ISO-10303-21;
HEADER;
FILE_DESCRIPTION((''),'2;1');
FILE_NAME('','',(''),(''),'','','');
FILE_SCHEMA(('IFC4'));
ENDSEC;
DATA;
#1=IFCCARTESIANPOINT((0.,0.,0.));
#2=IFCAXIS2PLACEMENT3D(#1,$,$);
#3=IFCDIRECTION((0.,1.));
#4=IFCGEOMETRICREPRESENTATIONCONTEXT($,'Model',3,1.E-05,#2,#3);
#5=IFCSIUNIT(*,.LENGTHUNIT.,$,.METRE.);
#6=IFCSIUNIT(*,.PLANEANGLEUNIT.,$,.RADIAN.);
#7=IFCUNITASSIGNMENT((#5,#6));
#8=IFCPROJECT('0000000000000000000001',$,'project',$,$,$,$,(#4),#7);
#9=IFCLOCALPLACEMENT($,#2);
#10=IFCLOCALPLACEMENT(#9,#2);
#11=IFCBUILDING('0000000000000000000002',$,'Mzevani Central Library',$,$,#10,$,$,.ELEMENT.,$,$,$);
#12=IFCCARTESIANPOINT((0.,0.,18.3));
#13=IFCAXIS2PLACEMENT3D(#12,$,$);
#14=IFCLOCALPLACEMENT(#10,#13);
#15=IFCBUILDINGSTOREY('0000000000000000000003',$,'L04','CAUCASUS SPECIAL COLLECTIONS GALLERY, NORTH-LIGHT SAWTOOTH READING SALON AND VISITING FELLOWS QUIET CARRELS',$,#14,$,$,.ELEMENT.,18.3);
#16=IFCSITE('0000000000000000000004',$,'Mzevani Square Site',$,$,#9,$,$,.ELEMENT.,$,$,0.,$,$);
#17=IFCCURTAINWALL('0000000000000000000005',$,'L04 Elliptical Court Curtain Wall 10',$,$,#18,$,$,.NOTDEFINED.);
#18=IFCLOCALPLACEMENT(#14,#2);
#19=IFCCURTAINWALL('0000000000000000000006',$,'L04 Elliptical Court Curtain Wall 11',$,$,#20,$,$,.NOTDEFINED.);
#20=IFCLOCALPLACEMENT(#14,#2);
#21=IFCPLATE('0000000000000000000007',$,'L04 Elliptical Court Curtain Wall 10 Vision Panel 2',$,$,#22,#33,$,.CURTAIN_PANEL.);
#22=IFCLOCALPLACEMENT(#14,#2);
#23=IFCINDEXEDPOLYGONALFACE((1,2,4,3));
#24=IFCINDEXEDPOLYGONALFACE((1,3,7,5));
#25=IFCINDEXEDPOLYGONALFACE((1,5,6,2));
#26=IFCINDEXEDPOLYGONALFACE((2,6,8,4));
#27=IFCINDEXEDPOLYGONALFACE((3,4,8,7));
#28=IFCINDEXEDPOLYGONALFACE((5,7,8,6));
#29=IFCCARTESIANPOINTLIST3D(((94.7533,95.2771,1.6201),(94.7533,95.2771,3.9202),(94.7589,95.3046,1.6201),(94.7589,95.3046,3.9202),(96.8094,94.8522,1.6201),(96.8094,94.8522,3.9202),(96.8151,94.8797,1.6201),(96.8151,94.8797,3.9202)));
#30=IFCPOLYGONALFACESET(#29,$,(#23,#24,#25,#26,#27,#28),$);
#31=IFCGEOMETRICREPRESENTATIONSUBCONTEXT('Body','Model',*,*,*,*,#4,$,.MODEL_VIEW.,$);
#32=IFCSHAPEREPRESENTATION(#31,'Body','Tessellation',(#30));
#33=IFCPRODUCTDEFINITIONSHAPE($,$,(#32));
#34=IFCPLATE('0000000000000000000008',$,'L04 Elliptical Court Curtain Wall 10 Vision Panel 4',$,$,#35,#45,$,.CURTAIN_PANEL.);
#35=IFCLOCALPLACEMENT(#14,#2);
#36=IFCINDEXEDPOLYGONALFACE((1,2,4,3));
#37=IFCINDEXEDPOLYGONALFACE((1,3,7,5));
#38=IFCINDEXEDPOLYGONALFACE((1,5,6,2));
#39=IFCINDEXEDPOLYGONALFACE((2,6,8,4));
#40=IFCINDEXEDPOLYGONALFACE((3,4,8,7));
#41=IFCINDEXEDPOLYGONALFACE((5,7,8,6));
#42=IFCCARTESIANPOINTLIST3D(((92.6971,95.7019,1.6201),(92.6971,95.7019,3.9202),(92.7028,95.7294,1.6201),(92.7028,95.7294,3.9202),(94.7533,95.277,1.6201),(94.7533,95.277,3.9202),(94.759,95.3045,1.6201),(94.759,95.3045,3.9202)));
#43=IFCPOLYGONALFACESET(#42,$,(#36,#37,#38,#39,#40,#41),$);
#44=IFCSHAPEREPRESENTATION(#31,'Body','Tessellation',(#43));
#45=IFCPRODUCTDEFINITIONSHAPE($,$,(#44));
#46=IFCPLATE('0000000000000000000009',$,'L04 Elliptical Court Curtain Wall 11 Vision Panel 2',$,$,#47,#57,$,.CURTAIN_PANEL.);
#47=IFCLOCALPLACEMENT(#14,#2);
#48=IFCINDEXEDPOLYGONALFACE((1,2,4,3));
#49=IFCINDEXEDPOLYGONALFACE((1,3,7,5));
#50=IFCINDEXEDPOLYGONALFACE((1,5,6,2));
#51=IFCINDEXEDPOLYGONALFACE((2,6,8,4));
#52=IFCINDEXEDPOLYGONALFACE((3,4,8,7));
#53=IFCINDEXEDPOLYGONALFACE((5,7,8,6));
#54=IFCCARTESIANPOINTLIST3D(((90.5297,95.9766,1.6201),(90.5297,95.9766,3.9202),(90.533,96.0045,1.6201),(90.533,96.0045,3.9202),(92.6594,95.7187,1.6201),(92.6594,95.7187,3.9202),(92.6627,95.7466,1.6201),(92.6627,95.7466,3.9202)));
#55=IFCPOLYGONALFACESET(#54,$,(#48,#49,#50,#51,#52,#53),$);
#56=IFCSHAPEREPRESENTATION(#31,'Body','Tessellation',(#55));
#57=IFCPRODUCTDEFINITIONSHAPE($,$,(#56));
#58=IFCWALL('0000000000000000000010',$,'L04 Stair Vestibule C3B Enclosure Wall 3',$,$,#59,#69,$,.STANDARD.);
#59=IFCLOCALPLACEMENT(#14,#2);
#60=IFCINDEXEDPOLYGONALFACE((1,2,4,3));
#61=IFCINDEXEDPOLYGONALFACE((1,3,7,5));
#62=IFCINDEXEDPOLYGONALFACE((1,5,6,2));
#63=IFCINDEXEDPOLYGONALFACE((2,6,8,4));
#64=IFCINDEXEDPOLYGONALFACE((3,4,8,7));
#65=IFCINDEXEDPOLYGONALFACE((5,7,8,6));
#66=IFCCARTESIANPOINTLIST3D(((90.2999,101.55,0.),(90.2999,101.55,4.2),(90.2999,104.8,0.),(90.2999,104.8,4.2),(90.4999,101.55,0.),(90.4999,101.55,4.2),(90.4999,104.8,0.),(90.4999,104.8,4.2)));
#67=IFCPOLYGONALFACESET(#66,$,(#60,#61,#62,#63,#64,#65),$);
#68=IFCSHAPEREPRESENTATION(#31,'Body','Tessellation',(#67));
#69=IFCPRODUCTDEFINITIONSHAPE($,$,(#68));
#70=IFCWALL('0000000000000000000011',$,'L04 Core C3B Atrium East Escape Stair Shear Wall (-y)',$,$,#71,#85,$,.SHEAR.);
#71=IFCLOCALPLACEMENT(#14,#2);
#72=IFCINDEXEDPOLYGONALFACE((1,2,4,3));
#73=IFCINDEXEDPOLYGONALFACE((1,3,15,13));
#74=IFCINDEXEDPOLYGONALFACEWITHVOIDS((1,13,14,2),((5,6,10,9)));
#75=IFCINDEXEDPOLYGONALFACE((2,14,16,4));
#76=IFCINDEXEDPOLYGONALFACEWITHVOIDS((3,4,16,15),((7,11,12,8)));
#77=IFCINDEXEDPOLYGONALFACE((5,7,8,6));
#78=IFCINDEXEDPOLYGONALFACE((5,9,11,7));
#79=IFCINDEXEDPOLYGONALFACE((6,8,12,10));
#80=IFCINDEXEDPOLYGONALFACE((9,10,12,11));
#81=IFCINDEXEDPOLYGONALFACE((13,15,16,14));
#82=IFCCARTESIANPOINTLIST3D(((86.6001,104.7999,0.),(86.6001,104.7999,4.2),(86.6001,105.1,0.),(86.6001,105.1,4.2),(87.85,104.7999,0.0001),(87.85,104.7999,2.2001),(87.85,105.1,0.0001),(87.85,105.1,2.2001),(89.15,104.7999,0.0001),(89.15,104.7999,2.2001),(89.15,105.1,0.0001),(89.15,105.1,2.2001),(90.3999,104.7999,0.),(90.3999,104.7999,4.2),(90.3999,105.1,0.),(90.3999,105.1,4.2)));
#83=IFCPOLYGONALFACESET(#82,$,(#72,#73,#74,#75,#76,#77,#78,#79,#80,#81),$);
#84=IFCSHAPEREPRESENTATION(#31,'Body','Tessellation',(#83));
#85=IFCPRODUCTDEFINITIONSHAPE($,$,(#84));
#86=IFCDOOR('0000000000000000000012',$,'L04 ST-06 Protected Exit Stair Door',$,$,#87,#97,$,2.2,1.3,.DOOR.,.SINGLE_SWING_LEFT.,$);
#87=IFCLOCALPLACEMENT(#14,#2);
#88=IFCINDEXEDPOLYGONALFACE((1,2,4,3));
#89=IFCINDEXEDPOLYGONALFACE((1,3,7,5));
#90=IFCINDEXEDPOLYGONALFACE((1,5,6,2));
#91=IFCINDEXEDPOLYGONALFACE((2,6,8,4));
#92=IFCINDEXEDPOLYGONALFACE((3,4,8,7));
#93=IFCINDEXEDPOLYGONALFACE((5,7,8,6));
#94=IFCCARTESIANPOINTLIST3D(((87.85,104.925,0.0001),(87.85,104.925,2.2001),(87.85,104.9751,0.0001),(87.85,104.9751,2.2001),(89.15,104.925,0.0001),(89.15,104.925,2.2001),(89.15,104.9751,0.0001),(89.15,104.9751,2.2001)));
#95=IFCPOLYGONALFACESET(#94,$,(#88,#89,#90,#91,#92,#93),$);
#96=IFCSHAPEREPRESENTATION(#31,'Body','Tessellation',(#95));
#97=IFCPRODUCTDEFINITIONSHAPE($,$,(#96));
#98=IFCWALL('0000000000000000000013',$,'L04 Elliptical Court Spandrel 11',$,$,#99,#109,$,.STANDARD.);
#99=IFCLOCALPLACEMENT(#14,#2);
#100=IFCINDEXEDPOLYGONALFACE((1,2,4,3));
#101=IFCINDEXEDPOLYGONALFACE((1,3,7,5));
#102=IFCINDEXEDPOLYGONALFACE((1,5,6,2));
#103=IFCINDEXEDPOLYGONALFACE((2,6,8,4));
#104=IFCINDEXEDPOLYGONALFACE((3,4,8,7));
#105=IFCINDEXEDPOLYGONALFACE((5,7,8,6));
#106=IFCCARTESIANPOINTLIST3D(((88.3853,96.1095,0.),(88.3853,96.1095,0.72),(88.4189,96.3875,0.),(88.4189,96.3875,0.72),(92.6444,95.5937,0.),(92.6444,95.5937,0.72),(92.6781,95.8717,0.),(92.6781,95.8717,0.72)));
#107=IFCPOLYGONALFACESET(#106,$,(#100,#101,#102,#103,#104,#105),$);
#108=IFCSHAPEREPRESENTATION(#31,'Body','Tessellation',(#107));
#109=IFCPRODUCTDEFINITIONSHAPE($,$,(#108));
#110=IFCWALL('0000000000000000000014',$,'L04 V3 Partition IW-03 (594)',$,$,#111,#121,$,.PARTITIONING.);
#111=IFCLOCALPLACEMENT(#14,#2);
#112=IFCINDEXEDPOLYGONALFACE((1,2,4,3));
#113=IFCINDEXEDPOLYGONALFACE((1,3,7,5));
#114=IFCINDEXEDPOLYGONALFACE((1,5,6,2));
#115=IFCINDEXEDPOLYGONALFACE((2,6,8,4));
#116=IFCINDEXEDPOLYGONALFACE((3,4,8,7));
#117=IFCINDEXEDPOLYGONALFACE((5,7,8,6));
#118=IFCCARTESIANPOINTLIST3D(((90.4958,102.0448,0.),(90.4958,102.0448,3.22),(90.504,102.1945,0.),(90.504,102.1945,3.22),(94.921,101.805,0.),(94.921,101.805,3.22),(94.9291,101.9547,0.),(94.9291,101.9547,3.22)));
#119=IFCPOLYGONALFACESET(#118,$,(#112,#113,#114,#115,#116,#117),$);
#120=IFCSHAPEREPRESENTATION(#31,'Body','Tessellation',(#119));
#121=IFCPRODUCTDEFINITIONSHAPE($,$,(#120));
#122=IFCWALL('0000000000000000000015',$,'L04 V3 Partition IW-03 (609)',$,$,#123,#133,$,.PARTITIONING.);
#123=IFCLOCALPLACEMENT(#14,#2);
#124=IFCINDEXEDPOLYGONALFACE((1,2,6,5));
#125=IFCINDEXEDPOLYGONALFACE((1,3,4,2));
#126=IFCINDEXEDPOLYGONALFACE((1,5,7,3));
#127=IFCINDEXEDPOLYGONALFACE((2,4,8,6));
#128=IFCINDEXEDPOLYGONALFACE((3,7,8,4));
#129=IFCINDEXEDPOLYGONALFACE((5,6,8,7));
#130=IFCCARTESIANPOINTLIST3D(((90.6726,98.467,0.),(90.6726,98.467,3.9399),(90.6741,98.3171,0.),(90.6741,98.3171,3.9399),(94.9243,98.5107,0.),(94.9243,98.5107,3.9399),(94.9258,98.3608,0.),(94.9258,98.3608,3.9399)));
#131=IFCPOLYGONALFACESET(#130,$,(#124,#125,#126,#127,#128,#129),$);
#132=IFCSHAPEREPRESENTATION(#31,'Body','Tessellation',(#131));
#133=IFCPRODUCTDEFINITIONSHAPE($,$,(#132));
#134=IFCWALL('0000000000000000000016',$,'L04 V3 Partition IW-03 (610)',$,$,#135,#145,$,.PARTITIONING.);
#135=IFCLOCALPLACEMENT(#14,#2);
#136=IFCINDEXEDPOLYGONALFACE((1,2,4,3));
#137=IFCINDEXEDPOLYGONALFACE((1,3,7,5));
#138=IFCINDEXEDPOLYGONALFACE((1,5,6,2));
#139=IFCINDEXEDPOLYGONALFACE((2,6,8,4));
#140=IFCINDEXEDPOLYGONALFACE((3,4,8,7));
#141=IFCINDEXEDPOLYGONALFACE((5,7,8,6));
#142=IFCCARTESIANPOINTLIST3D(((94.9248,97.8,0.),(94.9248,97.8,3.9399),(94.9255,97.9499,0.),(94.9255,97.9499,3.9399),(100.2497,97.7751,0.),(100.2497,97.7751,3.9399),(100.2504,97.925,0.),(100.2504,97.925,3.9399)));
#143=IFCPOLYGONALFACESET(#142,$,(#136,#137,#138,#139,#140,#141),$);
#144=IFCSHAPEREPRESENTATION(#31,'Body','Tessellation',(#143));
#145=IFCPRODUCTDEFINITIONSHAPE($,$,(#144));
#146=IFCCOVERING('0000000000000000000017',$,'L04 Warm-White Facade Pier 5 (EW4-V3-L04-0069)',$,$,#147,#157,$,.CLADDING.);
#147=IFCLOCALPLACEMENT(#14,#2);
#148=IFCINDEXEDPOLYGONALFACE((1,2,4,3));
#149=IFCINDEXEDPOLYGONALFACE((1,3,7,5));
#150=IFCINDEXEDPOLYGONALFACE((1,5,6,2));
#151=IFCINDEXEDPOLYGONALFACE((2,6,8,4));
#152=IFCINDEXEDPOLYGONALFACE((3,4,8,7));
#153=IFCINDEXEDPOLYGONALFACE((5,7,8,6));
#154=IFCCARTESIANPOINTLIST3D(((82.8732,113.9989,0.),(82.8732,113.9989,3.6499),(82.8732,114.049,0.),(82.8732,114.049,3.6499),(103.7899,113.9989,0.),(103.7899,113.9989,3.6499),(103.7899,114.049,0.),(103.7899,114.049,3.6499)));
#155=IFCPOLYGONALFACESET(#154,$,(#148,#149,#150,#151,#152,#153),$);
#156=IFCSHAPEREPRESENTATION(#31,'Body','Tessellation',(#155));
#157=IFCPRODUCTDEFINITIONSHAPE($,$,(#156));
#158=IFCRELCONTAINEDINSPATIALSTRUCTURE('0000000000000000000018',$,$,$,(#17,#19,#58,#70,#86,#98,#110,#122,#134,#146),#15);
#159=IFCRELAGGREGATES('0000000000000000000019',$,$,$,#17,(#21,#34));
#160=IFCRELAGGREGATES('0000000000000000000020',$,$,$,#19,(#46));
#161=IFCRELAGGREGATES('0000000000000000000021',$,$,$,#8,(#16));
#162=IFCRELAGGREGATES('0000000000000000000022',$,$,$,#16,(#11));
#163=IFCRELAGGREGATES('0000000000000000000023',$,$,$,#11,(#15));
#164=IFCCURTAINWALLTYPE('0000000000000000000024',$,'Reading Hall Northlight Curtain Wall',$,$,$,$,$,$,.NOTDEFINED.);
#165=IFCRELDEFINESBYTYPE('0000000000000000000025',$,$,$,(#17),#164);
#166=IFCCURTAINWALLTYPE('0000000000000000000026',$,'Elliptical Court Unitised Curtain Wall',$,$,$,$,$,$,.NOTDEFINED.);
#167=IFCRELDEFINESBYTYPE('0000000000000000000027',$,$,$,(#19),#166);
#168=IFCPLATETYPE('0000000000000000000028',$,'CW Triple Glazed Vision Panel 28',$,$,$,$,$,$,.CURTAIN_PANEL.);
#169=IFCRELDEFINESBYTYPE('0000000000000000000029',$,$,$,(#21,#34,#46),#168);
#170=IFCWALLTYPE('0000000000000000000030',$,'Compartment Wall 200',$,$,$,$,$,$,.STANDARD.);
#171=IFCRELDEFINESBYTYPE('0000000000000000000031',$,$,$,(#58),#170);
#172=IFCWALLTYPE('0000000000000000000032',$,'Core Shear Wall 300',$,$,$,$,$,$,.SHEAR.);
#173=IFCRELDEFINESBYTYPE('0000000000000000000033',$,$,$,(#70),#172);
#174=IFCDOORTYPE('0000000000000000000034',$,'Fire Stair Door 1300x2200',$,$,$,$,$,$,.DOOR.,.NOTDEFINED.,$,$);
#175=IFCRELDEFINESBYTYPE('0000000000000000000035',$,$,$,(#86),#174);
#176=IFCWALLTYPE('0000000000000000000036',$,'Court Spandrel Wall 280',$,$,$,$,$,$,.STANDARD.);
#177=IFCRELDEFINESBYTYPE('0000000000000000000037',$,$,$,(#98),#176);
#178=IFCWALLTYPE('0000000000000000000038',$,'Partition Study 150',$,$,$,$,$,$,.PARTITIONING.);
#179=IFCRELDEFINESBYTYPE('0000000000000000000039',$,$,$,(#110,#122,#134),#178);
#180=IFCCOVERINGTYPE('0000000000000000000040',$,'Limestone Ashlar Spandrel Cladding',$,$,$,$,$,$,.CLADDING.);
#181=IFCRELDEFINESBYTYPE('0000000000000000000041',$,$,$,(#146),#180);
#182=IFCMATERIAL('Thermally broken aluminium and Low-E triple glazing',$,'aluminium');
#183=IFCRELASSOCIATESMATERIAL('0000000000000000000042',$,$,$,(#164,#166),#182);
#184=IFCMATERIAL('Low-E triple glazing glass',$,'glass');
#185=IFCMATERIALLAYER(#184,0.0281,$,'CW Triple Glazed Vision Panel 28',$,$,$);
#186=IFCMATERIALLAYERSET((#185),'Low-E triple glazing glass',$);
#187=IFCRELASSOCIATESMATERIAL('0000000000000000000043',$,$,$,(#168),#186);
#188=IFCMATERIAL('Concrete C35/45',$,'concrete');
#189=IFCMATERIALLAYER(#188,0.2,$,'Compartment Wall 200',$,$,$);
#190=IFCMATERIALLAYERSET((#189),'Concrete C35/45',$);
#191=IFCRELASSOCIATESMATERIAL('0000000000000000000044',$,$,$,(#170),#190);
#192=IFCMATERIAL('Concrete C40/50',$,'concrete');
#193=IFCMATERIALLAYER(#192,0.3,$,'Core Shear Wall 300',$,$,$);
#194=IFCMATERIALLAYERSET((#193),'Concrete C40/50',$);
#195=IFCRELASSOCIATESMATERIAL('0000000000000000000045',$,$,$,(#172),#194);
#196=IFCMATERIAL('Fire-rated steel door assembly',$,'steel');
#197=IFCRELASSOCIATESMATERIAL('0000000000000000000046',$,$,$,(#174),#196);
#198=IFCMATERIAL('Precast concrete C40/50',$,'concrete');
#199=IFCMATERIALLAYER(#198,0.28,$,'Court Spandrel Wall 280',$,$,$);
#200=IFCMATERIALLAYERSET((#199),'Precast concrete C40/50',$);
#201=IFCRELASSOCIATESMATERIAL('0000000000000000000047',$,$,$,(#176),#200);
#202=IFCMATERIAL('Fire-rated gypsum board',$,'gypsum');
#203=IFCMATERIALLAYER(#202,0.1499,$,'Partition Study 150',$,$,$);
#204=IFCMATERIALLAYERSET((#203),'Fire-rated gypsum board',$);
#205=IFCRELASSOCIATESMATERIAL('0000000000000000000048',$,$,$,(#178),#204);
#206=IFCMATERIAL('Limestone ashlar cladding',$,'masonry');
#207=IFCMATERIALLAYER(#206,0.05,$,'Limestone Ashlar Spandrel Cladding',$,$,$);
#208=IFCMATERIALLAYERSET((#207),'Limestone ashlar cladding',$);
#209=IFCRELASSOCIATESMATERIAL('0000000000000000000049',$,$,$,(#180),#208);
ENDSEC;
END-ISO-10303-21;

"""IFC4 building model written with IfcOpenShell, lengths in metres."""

from ifc_helpers import new_model, si_unit, direction, frame, frame_2d, origin, origin_2d, place, context, subcontext, project, spatial, rectangle, extrude, material, layer, layer_set, type_object, element, fill, aggregate, save


model = new_model("IFC4")

# Units and contexts
model_context = context("Model", 3, precision=1e-05, world=origin(), true_north=direction((0.0, 1.0)))
body_context = subcontext(model_context, "Body", "Model", "MODEL_VIEW")
ifc_project = project(units=[si_unit("LENGTHUNIT", "METRE"), si_unit("PLANEANGLEUNIT", "RADIAN")], contexts=[model_context])

# Site, building, storey
site_placement = place(None, origin())
site = spatial("IfcSite", under=ifc_project, at=site_placement, Name="Mzevani Square Site", CompositionType="ELEMENT", RefElevation=0.0)
building_placement = place(site_placement, origin())
building = spatial("IfcBuilding", under=site, at=building_placement, Name="Mzevani Central Library", CompositionType="ELEMENT")
storey_placement = place(building_placement, frame((0.0, 0.0, 18.3)))
storey = spatial("IfcBuildingStorey", under=building, at=storey_placement, Name="L04", Description="CAUCASUS SPECIAL COLLECTIONS GALLERY, NORTH-LIGHT SAWTOOTH READING SALON AND VISITING FELLOWS QUIET CARRELS", CompositionType="ELEMENT", Elevation=18.3)

# Shared definitions
ifc_material_1 = material(Name="Concrete C40/50", Category="concrete")

# Shared definitions
ifc_material_2 = material(Name="Concrete C35/45", Category="concrete")

# Curtain walls
ifc_material_3 = material(Name="Thermally broken aluminium and Low-E triple glazing", Category="aluminium")
curtain_wall_type_1 = type_object("IfcCurtainWallType", Name="Reading Hall Northlight Curtain Wall", PredefinedType="NOTDEFINED", material=ifc_material_3)
curtain_wall_1_placement = place(storey_placement, origin())
curtain_wall_1 = element("IfcCurtainWall", 1, at=curtain_wall_1_placement, inside=storey, type_object=curtain_wall_type_1, Name="L04 Elliptical Court Curtain Wall 10", PredefinedType="NOTDEFINED")
curtain_wall_type_2 = type_object("IfcCurtainWallType", Name="Elliptical Court Unitised Curtain Wall", PredefinedType="NOTDEFINED", material=ifc_material_3)
curtain_wall_2_placement = place(storey_placement, origin())
curtain_wall_2 = element("IfcCurtainWall", 2, at=curtain_wall_2_placement, inside=storey, type_object=curtain_wall_type_2, Name="L04 Elliptical Court Curtain Wall 11", PredefinedType="NOTDEFINED")

# Plates
ifc_material_4 = material(Name="Low-E triple glazing glass", Category="glass")
ifc_layer_1 = layer(ifc_material_4, 0.0281, Name="CW Triple Glazed Vision Panel 28")
ifc_layer_set_1 = layer_set([ifc_layer_1], Name="Low-E triple glazing glass")
plate_type_1 = type_object("IfcPlateType", Name="CW Triple Glazed Vision Panel 28", PredefinedType="CURTAIN_PANEL", material=ifc_layer_set_1)
plate_1_placement = place(storey_placement, frame((95.7842, 95.0784, 1.6201), z_axis=(0.0, 0.0, 1.0), x_axis=(-0.979309, 0.202372, 0.0)))
plate_1 = element("IfcPlate", 3, at=plate_1_placement, type_object=plate_type_1, Name="L04 Elliptical Court Curtain Wall 10 Vision Panel 2", PredefinedType="CURTAIN_PANEL", context=body_context, shape_type="SweptSolid", body=[
    extrude(rectangle(XDim=2.0996, YDim=0.0281, at=origin_2d()), origin(), (0.0, 0.0, 1.0), 2.3),
])
plate_2_placement = place(storey_placement, frame((93.728, 95.5032, 1.6201), z_axis=(0.0, 0.0, 1.0), x_axis=(-0.979309, 0.202372, 0.0)))
plate_2 = element("IfcPlate", 4, at=plate_2_placement, type_object=plate_type_1, Name="L04 Elliptical Court Curtain Wall 10 Vision Panel 4", PredefinedType="CURTAIN_PANEL", context=body_context, shape_type="SweptSolid", body=[
    extrude(rectangle(XDim=2.0996, YDim=0.0281, at=origin_2d()), origin(), (0.0, 0.0, 1.0), 2.3),
])
aggregate(curtain_wall_1, [plate_1, plate_2])
plate_3_placement = place(storey_placement, frame((91.5962, 95.8616, 1.6201), z_axis=(0.0, 0.0, 1.0), x_axis=(-0.992747, 0.120222, 0.0)))
plate_3 = element("IfcPlate", 5, at=plate_3_placement, type_object=plate_type_1, Name="L04 Elliptical Court Curtain Wall 11 Vision Panel 2", PredefinedType="CURTAIN_PANEL", context=body_context, shape_type="SweptSolid", body=[
    extrude(rectangle(XDim=2.1453, YDim=0.0281, at=origin_2d()), origin(), (0.0, 0.0, 1.0), 2.3),
])
aggregate(curtain_wall_2, [plate_3])

# Wall
ifc_layer_2 = layer(ifc_material_2, 0.2, Name="Compartment Wall 200")
ifc_layer_set_2 = layer_set([ifc_layer_2], Name="Concrete C35/45")
wall_type_1 = type_object("IfcWallType", Name="Compartment Wall 200", PredefinedType="STANDARD", material=ifc_layer_set_2)
wall_1_placement = place(storey_placement, frame((90.3999, 101.55, 0.0), z_axis=(0.0, 0.0, 1.0), x_axis=(0.0, 1.0, 0.0)))
element("IfcWall", 6, at=wall_1_placement, inside=storey, type_object=wall_type_1, Name="L04 Stair Vestibule C3B Enclosure Wall 3", PredefinedType="STANDARD", context=body_context, shape_type="SweptSolid", body=[
    extrude(rectangle(XDim=3.25, YDim=0.2, at=frame_2d((1.625, 0.0))), origin(), (0.0, 0.0, 1.0), 4.2),
])

# Wall, opening, door
ifc_layer_3 = layer(ifc_material_1, 0.3, Name="Core Shear Wall 300")
ifc_layer_set_3 = layer_set([ifc_layer_3], Name="Concrete C40/50")
wall_type_2 = type_object("IfcWallType", Name="Core Shear Wall 300", PredefinedType="SHEAR", material=ifc_layer_set_3)
wall_2_placement = place(storey_placement, frame((90.3999, 104.95, 0.0), z_axis=(0.0, 0.0, 1.0), x_axis=(-1.0, 0.0, 0.0)))
wall_2 = element("IfcWall", 7, at=wall_2_placement, inside=storey, type_object=wall_type_2, Name="L04 Core C3B Atrium East Escape Stair Shear Wall (-y)", PredefinedType="SHEAR", context=body_context, shape_type="SweptSolid", body=[
    extrude(rectangle(XDim=3.7998, YDim=0.3, at=frame_2d((1.8999, 0.0))), origin(), (0.0, 0.0, 1.0), 4.2),
])
opening_placement = place(wall_2_placement, frame((1.25, 0.0, 0.0)))
opening = element("IfcOpeningElement", 8, at=opening_placement, cuts=wall_2, PredefinedType="OPENING", context=body_context, shape_type="SweptSolid", body=[
    extrude(rectangle(XDim=1.3, YDim=2.2, at=frame_2d((0.6499, 1.1001))), frame((0.0, 0.1602, 0.0), z_axis=(0.0, -1.0, 0.0), x_axis=(1.0, 0.0, 0.0)), (0.0, 0.0, 1.0), 0.3201),
])
ifc_material_5 = material(Name="Fire-rated steel door assembly", Category="steel")
door_type = type_object("IfcDoorType", Name="Fire Stair Door 1300x2200", OperationType="NOTDEFINED", PredefinedType="DOOR", material=ifc_material_5)
door_placement = place(opening_placement, origin())
door = element("IfcDoor", 9, at=door_placement, inside=storey, type_object=door_type, Name="L04 ST-06 Protected Exit Stair Door", OperationType="SINGLE_SWING_LEFT", OverallHeight=2.2, OverallWidth=1.3, PredefinedType="DOOR", context=body_context, shape_type="SweptSolid", body=[
    extrude(rectangle(XDim=1.3, YDim=2.2, at=frame_2d((0.6499, 1.1001))), frame((0.0, 0.0249, 0.0), z_axis=(0.0, -1.0, 0.0), x_axis=(1.0, 0.0, 0.0)), (0.0, 0.0, 1.0), 0.05),
])
fill(opening, door)

# Walls
ifc_material_6 = material(Name="Precast concrete C40/50", Category="concrete")
ifc_layer_4 = layer(ifc_material_6, 0.28, Name="Court Spandrel Wall 280")
ifc_layer_set_4 = layer_set([ifc_layer_4], Name="Precast concrete C40/50")
wall_type_3 = type_object("IfcWallType", Name="Court Spandrel Wall 280", PredefinedType="STANDARD", material=ifc_layer_set_4)
wall_3_placement = place(storey_placement, frame((92.6611, 95.7327, 0.0), z_axis=(0.0, 0.0, 1.0), x_axis=(-0.992745, 0.120238, 0.0)))
element("IfcWall", 10, at=wall_3_placement, inside=storey, type_object=wall_type_3, Name="L04 Elliptical Court Spandrel 11", PredefinedType="STANDARD", context=body_context, shape_type="SweptSolid", body=[
    extrude(rectangle(XDim=4.2903, YDim=0.28, at=frame_2d((2.145, 0.0))), origin(), (0.0, 0.0, 1.0), 0.72),
])
ifc_material_7 = material(Name="Fire-rated gypsum board", Category="gypsum")
ifc_layer_5 = layer(ifc_material_7, 0.1499, Name="Partition Study 150")
ifc_layer_set_5 = layer_set([ifc_layer_5], Name="Fire-rated gypsum board")
wall_type_4 = type_object("IfcWallType", Name="Partition Study 150", PredefinedType="PARTITIONING", material=ifc_layer_set_5)
wall_4_placement = place(storey_placement, frame((94.925, 101.8799, 0.0), z_axis=(0.0, 0.0, 1.0), x_axis=(-0.998536, 0.0541, 0.0)))
element("IfcWall", 11, at=wall_4_placement, inside=storey, type_object=wall_type_4, Name="L04 V3 Partition IW-03 (594)", PredefinedType="PARTITIONING", context=body_context, shape_type="SweptSolid", body=[
    extrude(rectangle(XDim=4.4316, YDim=0.1499, at=frame_2d((2.2158, 0.0))), origin(), (0.0, 0.0, 1.0), 3.22),
])
wall_5_placement = place(storey_placement, frame((90.6733, 98.3921, 0.0), z_axis=(0.0, 0.0, 1.0), x_axis=(0.999947, 0.010278, 0.0)))
element("IfcWall", 12, at=wall_5_placement, inside=storey, type_object=wall_type_4, Name="L04 V3 Partition IW-03 (609)", PredefinedType="PARTITIONING", context=body_context, shape_type="SweptSolid", body=[
    extrude(rectangle(XDim=4.252, YDim=0.1499, at=frame_2d((2.126, 0.0))), origin(), (0.0, 0.0, 1.0), 3.9399),
])
wall_6_placement = place(storey_placement, frame((94.925, 97.875, 0.0), z_axis=(0.0, 0.0, 1.0), x_axis=(0.999989, -0.004676, 0.0)))
element("IfcWall", 13, at=wall_6_placement, inside=storey, type_object=wall_type_4, Name="L04 V3 Partition IW-03 (610)", PredefinedType="PARTITIONING", context=body_context, shape_type="SweptSolid", body=[
    extrude(rectangle(XDim=5.325, YDim=0.1499, at=frame_2d((2.6626, 0.0))), origin(), (0.0, 0.0, 1.0), 3.9399),
])

# Covering
ifc_material_8 = material(Name="Limestone ashlar cladding", Category="masonry")
ifc_layer_6 = layer(ifc_material_8, 0.05, Name="Limestone Ashlar Spandrel Cladding")
ifc_layer_set_6 = layer_set([ifc_layer_6], Name="Limestone ashlar cladding")
covering_type = type_object("IfcCoveringType", Name="Limestone Ashlar Spandrel Cladding", PredefinedType="CLADDING", material=ifc_layer_set_6)
covering_placement = place(storey_placement, frame((93.3315, 114.0239, 0.0), z_axis=(0.0, 0.0, 1.0), x_axis=(1.0, 0.0, 0.0)))
element("IfcCovering", 14, at=covering_placement, inside=storey, type_object=covering_type, Name="L04 Warm-White Facade Pier 5 (EW4-V3-L04-0069)", PredefinedType="CLADDING", context=body_context, shape_type="SweptSolid", body=[
    extrude(rectangle(XDim=20.9167, YDim=0.05, at=origin_2d()), origin(), (0.0, 0.0, 1.0), 3.6499),
])

save(model, "model.ifc")
